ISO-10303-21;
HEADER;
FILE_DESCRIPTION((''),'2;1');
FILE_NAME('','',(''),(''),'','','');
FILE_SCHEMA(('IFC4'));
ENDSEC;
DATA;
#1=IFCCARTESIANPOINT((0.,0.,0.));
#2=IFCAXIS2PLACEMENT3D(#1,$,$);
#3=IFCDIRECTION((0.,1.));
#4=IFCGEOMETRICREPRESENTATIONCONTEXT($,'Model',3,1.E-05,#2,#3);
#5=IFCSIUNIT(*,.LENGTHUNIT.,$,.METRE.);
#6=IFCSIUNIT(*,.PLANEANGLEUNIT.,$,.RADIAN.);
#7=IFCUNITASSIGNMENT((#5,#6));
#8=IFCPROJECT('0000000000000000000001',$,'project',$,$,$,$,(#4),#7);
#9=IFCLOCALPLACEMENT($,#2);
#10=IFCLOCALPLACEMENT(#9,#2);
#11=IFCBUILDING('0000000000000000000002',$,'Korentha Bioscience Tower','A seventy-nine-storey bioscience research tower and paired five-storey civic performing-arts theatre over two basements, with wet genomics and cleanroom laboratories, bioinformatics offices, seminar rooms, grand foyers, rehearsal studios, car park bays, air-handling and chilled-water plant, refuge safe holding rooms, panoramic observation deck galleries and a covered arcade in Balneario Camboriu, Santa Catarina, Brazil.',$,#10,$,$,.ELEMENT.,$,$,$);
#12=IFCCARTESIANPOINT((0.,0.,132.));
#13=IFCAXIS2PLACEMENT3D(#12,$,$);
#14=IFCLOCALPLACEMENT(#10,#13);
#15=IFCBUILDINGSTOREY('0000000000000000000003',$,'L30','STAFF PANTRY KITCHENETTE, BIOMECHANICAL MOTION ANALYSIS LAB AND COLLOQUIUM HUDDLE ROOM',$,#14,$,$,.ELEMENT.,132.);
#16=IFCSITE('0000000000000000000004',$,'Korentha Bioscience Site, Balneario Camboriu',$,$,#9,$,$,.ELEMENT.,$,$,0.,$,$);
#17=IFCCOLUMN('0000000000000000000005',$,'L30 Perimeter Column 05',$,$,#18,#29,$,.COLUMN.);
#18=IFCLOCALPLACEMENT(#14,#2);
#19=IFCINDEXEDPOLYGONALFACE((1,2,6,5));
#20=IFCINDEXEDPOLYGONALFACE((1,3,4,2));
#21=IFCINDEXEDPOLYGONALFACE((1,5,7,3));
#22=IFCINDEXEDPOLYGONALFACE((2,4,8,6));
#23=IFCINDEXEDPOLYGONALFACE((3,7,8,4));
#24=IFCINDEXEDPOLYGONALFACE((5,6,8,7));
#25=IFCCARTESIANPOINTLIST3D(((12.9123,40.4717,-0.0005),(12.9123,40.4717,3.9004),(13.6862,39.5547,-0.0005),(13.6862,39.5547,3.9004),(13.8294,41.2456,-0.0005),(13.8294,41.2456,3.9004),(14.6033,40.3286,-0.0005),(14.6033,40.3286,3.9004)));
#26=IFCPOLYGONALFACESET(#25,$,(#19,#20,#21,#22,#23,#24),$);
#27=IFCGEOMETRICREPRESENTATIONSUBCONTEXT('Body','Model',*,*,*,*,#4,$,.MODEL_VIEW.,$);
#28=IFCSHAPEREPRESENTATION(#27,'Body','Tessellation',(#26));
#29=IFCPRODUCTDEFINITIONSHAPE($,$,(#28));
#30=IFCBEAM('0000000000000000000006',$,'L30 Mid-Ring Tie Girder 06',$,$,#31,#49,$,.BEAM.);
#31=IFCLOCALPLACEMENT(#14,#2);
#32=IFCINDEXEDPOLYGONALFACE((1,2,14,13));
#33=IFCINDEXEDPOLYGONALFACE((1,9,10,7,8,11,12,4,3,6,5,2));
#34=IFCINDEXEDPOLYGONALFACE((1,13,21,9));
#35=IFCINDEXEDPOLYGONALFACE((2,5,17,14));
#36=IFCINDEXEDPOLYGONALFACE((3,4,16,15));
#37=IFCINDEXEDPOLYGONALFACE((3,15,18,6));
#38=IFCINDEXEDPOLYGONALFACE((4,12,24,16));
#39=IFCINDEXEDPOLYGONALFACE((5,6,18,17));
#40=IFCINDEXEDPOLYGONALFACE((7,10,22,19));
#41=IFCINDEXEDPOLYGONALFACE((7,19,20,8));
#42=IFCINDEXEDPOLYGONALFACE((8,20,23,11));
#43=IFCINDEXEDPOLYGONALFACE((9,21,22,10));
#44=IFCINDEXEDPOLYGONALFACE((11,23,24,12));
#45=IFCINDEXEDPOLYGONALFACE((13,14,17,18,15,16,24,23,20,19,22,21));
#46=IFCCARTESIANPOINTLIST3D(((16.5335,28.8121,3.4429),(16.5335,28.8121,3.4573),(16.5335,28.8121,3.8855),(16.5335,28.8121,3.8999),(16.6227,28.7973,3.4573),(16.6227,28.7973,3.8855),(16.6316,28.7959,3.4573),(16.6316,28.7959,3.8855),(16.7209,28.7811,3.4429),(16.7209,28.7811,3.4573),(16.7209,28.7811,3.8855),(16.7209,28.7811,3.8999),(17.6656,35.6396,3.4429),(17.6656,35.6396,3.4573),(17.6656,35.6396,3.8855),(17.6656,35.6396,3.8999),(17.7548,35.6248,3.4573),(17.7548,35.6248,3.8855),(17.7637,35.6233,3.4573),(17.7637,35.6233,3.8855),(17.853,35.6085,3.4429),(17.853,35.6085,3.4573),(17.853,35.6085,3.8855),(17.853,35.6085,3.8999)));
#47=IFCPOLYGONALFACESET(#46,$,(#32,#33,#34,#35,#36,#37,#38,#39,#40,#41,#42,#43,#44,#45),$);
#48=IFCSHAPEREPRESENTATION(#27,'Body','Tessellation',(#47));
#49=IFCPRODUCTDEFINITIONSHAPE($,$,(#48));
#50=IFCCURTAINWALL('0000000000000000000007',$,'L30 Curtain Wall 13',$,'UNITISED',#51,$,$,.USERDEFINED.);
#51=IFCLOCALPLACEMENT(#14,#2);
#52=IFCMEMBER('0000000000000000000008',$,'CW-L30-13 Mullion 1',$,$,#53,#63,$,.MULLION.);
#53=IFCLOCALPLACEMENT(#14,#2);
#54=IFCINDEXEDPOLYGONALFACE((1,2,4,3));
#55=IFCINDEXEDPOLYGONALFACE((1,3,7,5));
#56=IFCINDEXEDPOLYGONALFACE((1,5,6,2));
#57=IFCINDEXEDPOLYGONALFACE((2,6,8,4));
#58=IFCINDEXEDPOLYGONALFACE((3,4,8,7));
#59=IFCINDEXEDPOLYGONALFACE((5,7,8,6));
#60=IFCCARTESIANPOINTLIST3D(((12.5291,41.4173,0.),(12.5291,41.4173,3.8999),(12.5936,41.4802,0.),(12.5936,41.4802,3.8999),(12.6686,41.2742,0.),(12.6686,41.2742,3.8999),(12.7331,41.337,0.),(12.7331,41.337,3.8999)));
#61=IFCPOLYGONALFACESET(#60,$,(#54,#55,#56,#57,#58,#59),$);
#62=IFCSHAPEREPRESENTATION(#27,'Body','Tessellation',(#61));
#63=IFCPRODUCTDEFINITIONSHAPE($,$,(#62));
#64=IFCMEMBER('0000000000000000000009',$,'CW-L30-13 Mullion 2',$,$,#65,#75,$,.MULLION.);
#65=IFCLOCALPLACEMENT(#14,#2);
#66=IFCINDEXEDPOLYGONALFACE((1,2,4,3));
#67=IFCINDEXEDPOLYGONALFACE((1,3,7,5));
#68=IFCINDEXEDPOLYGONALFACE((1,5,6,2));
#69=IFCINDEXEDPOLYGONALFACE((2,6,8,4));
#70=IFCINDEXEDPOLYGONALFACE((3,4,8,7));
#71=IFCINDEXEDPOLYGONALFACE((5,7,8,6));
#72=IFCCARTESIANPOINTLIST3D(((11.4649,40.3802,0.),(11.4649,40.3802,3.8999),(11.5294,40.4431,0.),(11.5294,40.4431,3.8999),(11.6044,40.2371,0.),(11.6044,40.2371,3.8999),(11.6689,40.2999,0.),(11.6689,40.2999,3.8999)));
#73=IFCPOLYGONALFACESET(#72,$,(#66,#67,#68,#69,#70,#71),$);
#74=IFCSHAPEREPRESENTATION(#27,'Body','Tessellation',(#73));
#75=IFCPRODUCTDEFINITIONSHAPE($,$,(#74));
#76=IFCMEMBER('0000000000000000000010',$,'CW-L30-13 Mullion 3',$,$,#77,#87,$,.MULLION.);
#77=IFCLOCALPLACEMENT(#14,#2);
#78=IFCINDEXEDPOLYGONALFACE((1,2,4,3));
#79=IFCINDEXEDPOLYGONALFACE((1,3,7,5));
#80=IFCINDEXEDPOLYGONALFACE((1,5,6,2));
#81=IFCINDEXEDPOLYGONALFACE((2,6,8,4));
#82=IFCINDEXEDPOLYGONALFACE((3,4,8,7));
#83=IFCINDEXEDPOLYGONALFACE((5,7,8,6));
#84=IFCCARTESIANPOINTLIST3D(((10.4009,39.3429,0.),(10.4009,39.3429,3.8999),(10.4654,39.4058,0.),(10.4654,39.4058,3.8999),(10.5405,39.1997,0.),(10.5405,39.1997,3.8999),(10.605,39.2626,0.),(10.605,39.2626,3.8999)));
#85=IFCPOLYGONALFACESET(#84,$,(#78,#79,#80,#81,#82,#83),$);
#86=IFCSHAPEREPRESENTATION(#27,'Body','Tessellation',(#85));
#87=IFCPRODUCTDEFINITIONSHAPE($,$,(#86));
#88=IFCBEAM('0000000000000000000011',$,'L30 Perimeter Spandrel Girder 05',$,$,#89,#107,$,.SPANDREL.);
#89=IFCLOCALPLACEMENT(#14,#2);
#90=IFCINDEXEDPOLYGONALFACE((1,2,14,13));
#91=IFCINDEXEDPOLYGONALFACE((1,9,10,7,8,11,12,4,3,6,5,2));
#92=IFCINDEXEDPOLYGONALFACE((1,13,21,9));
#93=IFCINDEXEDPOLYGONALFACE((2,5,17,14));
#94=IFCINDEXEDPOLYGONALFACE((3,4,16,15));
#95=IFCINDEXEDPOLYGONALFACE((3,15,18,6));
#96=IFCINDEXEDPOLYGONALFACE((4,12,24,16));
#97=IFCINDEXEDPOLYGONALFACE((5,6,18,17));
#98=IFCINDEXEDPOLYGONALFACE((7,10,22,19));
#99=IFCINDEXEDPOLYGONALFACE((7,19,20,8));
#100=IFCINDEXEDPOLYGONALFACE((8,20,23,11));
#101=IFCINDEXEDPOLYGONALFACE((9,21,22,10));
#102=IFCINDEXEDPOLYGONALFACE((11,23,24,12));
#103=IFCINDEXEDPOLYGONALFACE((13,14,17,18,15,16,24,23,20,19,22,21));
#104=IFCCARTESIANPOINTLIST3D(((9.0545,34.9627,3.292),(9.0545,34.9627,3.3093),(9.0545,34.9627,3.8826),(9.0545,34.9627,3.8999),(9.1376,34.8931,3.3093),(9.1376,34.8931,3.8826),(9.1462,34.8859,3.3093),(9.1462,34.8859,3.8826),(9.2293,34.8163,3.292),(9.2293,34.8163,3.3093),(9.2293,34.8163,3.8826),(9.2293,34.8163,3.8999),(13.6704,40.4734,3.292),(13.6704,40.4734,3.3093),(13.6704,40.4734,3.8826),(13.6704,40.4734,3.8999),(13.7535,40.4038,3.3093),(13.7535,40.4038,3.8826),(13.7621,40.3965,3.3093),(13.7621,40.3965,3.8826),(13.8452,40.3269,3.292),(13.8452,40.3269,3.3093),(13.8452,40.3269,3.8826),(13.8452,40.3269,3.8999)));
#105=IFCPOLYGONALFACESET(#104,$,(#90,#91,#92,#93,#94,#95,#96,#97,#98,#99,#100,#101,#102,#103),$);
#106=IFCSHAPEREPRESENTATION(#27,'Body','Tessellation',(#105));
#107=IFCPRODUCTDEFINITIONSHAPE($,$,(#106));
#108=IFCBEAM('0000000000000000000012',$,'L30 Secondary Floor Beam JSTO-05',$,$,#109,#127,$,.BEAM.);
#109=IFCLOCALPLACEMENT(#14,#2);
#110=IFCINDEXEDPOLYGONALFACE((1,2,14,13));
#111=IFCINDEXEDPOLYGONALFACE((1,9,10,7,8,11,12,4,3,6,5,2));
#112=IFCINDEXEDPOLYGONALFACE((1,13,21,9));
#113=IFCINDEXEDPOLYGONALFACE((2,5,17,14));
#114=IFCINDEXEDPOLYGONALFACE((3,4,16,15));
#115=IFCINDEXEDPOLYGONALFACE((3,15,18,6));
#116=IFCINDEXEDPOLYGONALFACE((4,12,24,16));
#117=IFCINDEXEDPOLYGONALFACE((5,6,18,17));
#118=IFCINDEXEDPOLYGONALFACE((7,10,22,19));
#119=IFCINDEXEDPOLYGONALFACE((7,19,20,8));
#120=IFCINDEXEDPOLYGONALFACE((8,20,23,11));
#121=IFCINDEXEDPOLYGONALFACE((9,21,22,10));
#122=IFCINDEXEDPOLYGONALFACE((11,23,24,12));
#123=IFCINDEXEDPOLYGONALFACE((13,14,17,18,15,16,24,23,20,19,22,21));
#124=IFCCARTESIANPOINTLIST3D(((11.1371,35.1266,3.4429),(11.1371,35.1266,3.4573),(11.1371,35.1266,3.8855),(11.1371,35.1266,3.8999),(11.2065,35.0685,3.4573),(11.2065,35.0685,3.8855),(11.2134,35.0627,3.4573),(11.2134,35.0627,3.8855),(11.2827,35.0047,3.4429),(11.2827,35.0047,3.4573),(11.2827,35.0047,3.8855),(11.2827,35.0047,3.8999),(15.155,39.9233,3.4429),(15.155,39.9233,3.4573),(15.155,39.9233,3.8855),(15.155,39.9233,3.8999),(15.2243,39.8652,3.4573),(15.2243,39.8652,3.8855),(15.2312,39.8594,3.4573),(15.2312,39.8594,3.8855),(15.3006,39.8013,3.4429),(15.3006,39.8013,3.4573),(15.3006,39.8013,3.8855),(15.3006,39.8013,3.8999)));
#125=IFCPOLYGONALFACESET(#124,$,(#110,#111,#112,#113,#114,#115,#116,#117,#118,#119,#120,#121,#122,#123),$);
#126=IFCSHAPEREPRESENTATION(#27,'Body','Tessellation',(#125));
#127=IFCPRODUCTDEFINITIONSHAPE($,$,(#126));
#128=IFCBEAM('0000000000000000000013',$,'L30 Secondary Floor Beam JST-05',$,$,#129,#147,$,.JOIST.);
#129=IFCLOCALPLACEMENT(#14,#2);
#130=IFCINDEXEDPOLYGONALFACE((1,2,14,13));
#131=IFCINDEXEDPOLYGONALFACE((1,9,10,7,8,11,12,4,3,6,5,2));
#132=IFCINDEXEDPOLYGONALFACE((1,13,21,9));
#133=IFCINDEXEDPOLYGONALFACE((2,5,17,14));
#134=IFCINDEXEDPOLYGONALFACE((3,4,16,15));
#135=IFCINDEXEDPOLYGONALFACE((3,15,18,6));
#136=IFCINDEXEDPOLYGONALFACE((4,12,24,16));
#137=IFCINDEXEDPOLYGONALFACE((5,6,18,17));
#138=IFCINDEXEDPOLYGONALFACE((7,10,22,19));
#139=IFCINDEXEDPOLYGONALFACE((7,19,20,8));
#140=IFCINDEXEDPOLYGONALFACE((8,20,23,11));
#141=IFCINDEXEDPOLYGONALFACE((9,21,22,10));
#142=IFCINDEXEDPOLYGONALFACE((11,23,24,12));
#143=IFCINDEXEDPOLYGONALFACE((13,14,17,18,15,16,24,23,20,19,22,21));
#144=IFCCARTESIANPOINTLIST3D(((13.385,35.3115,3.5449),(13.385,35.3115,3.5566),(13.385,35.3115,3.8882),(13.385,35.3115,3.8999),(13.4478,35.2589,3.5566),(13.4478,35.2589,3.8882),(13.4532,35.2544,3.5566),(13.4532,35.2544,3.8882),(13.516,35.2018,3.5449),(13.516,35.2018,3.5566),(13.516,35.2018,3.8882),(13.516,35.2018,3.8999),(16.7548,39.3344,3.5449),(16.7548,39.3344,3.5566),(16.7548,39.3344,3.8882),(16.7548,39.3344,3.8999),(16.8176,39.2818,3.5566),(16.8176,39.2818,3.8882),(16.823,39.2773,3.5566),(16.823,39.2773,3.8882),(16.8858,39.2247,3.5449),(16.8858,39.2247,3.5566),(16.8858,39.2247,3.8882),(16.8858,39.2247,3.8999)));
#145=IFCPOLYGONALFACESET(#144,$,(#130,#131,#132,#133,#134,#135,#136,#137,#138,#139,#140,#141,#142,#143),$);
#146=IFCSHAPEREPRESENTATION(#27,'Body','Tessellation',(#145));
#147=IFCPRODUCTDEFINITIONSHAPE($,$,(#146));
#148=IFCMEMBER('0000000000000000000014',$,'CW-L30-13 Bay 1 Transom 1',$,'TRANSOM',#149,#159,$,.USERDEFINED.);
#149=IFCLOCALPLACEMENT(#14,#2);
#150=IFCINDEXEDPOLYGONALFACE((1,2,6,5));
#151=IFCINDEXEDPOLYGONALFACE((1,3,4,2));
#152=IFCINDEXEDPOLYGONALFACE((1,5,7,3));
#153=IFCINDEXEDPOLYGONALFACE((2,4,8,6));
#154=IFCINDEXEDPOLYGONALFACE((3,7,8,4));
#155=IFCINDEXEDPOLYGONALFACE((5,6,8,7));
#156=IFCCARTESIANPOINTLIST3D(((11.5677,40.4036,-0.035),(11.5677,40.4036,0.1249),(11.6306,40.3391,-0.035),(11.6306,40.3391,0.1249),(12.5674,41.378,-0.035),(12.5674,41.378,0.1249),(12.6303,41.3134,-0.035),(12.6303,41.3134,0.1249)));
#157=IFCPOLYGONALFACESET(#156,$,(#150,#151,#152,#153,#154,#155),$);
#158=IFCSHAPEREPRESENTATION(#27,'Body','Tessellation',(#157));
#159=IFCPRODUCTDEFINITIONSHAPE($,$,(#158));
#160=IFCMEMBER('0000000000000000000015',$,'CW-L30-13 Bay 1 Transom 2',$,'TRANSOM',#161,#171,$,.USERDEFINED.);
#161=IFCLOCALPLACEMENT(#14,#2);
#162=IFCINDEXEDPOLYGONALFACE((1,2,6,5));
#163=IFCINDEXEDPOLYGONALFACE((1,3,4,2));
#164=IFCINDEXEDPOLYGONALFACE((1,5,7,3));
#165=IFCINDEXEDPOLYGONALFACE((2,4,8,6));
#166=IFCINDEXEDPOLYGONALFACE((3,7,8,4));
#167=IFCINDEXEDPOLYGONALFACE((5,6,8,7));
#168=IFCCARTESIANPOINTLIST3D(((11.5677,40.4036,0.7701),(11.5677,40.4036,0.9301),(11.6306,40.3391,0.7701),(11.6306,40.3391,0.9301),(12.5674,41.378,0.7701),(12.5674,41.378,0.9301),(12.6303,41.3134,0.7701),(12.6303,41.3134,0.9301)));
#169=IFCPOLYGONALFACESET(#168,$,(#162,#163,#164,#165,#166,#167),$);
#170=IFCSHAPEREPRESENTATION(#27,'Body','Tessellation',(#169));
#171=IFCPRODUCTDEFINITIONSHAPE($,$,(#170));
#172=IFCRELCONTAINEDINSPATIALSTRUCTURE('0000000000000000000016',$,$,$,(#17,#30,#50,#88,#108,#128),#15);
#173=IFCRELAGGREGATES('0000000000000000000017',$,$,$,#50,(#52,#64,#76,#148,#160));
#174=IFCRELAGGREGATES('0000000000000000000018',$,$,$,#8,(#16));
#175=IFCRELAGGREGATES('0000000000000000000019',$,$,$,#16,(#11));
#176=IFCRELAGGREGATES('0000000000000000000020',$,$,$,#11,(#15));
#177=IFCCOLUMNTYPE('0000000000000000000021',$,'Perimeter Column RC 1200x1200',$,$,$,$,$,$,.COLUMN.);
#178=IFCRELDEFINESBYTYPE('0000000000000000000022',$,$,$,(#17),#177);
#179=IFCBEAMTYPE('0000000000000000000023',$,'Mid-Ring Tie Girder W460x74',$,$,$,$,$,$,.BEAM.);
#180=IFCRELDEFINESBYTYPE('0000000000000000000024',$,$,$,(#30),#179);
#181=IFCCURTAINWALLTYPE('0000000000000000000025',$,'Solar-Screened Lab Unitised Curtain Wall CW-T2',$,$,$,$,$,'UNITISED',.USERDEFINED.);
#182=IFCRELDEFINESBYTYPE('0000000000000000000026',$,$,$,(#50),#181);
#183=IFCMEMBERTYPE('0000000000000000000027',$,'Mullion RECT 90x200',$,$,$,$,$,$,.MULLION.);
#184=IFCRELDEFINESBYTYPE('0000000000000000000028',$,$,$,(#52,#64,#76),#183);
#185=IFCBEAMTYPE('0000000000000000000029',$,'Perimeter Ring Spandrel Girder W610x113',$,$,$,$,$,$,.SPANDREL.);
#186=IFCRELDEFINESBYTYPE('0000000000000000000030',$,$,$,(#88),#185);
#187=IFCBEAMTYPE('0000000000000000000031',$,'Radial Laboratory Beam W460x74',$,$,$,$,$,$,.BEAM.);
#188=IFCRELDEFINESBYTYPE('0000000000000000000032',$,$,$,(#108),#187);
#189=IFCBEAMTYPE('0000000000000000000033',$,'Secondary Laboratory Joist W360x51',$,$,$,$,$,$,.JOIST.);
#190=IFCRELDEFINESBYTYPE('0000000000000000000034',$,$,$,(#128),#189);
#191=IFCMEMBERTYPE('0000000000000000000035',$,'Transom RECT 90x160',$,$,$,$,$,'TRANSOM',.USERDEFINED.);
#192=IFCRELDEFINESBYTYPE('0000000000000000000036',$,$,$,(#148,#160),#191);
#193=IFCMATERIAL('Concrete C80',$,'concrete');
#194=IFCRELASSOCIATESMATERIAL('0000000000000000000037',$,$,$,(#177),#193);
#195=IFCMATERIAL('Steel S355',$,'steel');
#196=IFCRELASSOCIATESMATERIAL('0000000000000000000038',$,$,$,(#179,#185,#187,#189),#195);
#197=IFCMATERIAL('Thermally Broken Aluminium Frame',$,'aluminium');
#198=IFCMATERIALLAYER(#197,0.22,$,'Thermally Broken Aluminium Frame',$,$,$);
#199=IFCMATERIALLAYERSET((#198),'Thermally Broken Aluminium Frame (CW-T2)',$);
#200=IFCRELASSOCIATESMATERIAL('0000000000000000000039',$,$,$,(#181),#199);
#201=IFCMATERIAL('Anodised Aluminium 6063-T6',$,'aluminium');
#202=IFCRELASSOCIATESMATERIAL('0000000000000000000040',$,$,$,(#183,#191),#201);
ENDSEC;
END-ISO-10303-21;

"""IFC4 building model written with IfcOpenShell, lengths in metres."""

from ifc_helpers import new_model, si_unit, direction, frame, origin, origin_2d, place, context, subcontext, project, spatial, rectangle, i_section, extrude, material, layer, layer_set, material_profile, profile_set, type_object, element, aggregate, save


model = new_model("IFC4")

# Units and contexts
model_context = context("Model", 3, precision=1e-05, world=origin(), true_north=direction((0.0, 1.0)))
body_context = subcontext(model_context, "Body", "Model", "MODEL_VIEW")
ifc_project = project(units=[si_unit("LENGTHUNIT", "METRE"), si_unit("PLANEANGLEUNIT", "RADIAN")], contexts=[model_context])

# Site, building, storey
site_placement = place(None, origin())
site = spatial("IfcSite", under=ifc_project, at=site_placement, Name="Korentha Bioscience Site, Balneario Camboriu", CompositionType="ELEMENT", RefElevation=0.0)
building_placement = place(site_placement, origin())
building = spatial("IfcBuilding", under=site, at=building_placement, Name="Korentha Bioscience Tower", Description="A seventy-nine-storey bioscience research tower and paired five-storey civic performing-arts theatre over two basements, with wet genomics and cleanroom laboratories, bioinformatics offices, seminar rooms, grand foyers, rehearsal studios, car park bays, air-handling and chilled-water plant, refuge safe holding rooms, panoramic observation deck galleries and a covered arcade in Balneario Camboriu, Santa Catarina, Brazil.", CompositionType="ELEMENT")
storey_placement = place(building_placement, frame((0.0, 0.0, 132.0)))
storey = spatial("IfcBuildingStorey", under=building, at=storey_placement, Name="L30", Description="STAFF PANTRY KITCHENETTE, BIOMECHANICAL MOTION ANALYSIS LAB AND COLLOQUIUM HUDDLE ROOM", CompositionType="ELEMENT", Elevation=132.0)

# Column
ifc_material_1 = material(Name="Concrete C80", Category="concrete")
ifc_material_profile_1 = material_profile(ifc_material_1, rectangle(XDim=1.2, YDim=1.2, at=origin_2d()), Name="Concrete C80")
ifc_profile_set_1 = profile_set([ifc_material_profile_1], Name="Concrete C80 (COL-P12)")
column_type = type_object("IfcColumnType", Name="Perimeter Column RC 1200x1200", PredefinedType="COLUMN", material=ifc_profile_set_1)
column_placement = place(storey_placement, frame((13.7578, 40.4001, -0.0005), z_axis=(0.0, 0.0, 1.0), x_axis=(0.764246, 0.644924, 0.0)))
element("IfcColumn", 1, at=column_placement, inside=storey, type_object=column_type, Name="L30 Perimeter Column 05", PredefinedType="COLUMN", context=body_context, shape_type="SweptSolid", body=[
    extrude(rectangle(XDim=1.2, YDim=1.2, at=origin_2d()), origin(), (0.0, 0.0, 1.0), 3.9009),
])

# Beam
ifc_material_2 = material(Name="Steel S355", Category="steel")
ifc_material_profile_2 = material_profile(ifc_material_2, i_section(OverallWidth=0.1899, OverallDepth=0.457, WebThickness=0.009, FlangeThickness=0.0144, at=origin_2d()), Name="Steel S355")
ifc_profile_set_2 = profile_set([ifc_material_profile_2], Name="Steel S355 (MB-460)")
beam_type_1 = type_object("IfcBeamType", Name="Mid-Ring Tie Girder W460x74", PredefinedType="BEAM", material=ifc_profile_set_2)
beam_1_placement = place(storey_placement, frame((17.7593, 35.624, 3.6714), z_axis=(-0.163581, -0.98653, 0.0), x_axis=(0.98653, -0.163581, 0.0)))
element("IfcBeam", 2, at=beam_1_placement, inside=storey, type_object=beam_type_1, Name="L30 Mid-Ring Tie Girder 06", PredefinedType="BEAM", context=body_context, shape_type="SweptSolid", body=[
    extrude(i_section(OverallWidth=0.1899, OverallDepth=0.457, WebThickness=0.009, FlangeThickness=0.0144, at=origin_2d()), origin(), (0.0, 0.0, 1.0), 6.9207),
])

# Curtain wall, members
ifc_material_3 = material(Name="Thermally Broken Aluminium Frame", Category="aluminium")
ifc_layer_1 = layer(ifc_material_3, 0.22, Name="Thermally Broken Aluminium Frame")
ifc_layer_set_1 = layer_set([ifc_layer_1], Name="Thermally Broken Aluminium Frame (CW-T2)")
curtain_wall_type = type_object("IfcCurtainWallType", Name="Solar-Screened Lab Unitised Curtain Wall CW-T2", ElementType="UNITISED", PredefinedType="USERDEFINED", material=ifc_layer_set_1)
curtain_wall_placement = place(storey_placement, origin())
curtain_wall = element("IfcCurtainWall", 3, at=curtain_wall_placement, inside=storey, type_object=curtain_wall_type, Name="L30 Curtain Wall 13", ObjectType="UNITISED", PredefinedType="USERDEFINED")
ifc_material_4 = material(Name="Anodised Aluminium 6063-T6", Category="aluminium")
ifc_material_profile_3 = material_profile(ifc_material_4, rectangle(XDim=0.0901, YDim=0.2, at=origin_2d()), Name="Anodised Aluminium 6063-T6")
ifc_profile_set_3 = profile_set([ifc_material_profile_3], Name="Anodised Aluminium 6063-T6 (CW-MUL)")
member_type_1 = type_object("IfcMemberType", Name="Mullion RECT 90x200", PredefinedType="MULLION", material=ifc_profile_set_3)
member_1_placement = place(storey_placement, frame((12.6311, 41.3772, 0.0), z_axis=(0.0, 0.0, 1.0), x_axis=(-0.716096, -0.698002, 0.0)))
member_1 = element("IfcMember", 4, at=member_1_placement, type_object=member_type_1, Name="CW-L30-13 Mullion 1", PredefinedType="MULLION", context=body_context, shape_type="SweptSolid", body=[
    extrude(rectangle(XDim=0.0901, YDim=0.2, at=origin_2d()), origin(), (0.0, 0.0, 1.0), 3.8999),
])
member_2_placement = place(storey_placement, frame((11.5669, 40.3401, 0.0), z_axis=(0.0, 0.0, 1.0), x_axis=(-0.716096, -0.698002, 0.0)))
member_2 = element("IfcMember", 5, at=member_2_placement, type_object=member_type_1, Name="CW-L30-13 Mullion 2", PredefinedType="MULLION", context=body_context, shape_type="SweptSolid", body=[
    extrude(rectangle(XDim=0.0901, YDim=0.2, at=origin_2d()), origin(), (0.0, 0.0, 1.0), 3.8999),
])
member_3_placement = place(storey_placement, frame((10.5029, 39.3027, 0.0), z_axis=(0.0, 0.0, 1.0), x_axis=(-0.716096, -0.698002, 0.0)))
member_3 = element("IfcMember", 6, at=member_3_placement, type_object=member_type_1, Name="CW-L30-13 Mullion 3", PredefinedType="MULLION", context=body_context, shape_type="SweptSolid", body=[
    extrude(rectangle(XDim=0.0901, YDim=0.2, at=origin_2d()), origin(), (0.0, 0.0, 1.0), 3.8999),
])

# Beams
ifc_material_profile_4 = material_profile(ifc_material_2, i_section(OverallWidth=0.228, OverallDepth=0.6079, WebThickness=0.0112, FlangeThickness=0.0173, at=origin_2d()), Name="Steel S355")
ifc_profile_set_4 = profile_set([ifc_material_profile_4], Name="Steel S355 (SB-610)")
beam_type_2 = type_object("IfcBeamType", Name="Perimeter Ring Spandrel Girder W610x113", PredefinedType="SPANDREL", material=ifc_profile_set_4)
beam_2_placement = place(storey_placement, frame((13.7578, 40.4001, 3.5959), z_axis=(-0.642127, -0.766599, 0.0), x_axis=(0.766599, -0.642127, 0.0)))
element("IfcBeam", 7, at=beam_2_placement, inside=storey, type_object=beam_type_2, Name="L30 Perimeter Spandrel Girder 05", PredefinedType="SPANDREL", context=body_context, shape_type="SweptSolid", body=[
    extrude(i_section(OverallWidth=0.228, OverallDepth=0.6079, WebThickness=0.0112, FlangeThickness=0.0173, at=origin_2d()), origin(), (0.0, 0.0, 1.0), 7.1885),
])
ifc_material_profile_5 = material_profile(ifc_material_2, i_section(OverallWidth=0.1899, OverallDepth=0.457, WebThickness=0.009, FlangeThickness=0.0144, at=origin_2d()), Name="Steel S355")
ifc_profile_set_5 = profile_set([ifc_material_profile_5], Name="Steel S355 (RB-460)")
beam_type_3 = type_object("IfcBeamType", Name="Radial Laboratory Beam W460x74", PredefinedType="BEAM", material=ifc_profile_set_5)
beam_3_placement = place(storey_placement, frame((15.2278, 39.8623, 3.6714), z_axis=(-0.642128, -0.766597, 0.0), x_axis=(0.766597, -0.642128, 0.0)))
element("IfcBeam", 8, at=beam_3_placement, inside=storey, type_object=beam_type_3, Name="L30 Secondary Floor Beam JSTO-05", PredefinedType="BEAM", context=body_context, shape_type="SweptSolid", body=[
    extrude(i_section(OverallWidth=0.1899, OverallDepth=0.457, WebThickness=0.009, FlangeThickness=0.0144, at=origin_2d()), origin(), (0.0, 0.0, 1.0), 6.2571),
])
ifc_material_profile_6 = material_profile(ifc_material_2, i_section(OverallWidth=0.1709, OverallDepth=0.355, WebThickness=0.0071, FlangeThickness=0.0117, at=origin_2d()), Name="Steel S355")
ifc_profile_set_6 = profile_set([ifc_material_profile_6], Name="Steel S355 (JB-360)")
beam_type_4 = type_object("IfcBeamType", Name="Secondary Laboratory Joist W360x51", PredefinedType="JOIST", material=ifc_profile_set_6)
beam_4_placement = place(storey_placement, frame((16.8203, 39.2795, 3.7224), z_axis=(-0.642141, -0.766587, 0.0), x_axis=(0.766587, -0.642141, 0.0)))
element("IfcBeam", 9, at=beam_4_placement, inside=storey, type_object=beam_type_4, Name="L30 Secondary Floor Beam JST-05", PredefinedType="JOIST", context=body_context, shape_type="SweptSolid", body=[
    extrude(i_section(OverallWidth=0.1709, OverallDepth=0.355, WebThickness=0.0071, FlangeThickness=0.0117, at=origin_2d()), origin(), (0.0, 0.0, 1.0), 5.2478),
])

# Members
ifc_material_profile_7 = material_profile(ifc_material_4, rectangle(XDim=0.0901, YDim=0.1599, at=origin_2d()), Name="Anodised Aluminium 6063-T6")
ifc_profile_set_7 = profile_set([ifc_material_profile_7], Name="Anodised Aluminium 6063-T6 (CW-TRN)")
member_type_2 = type_object("IfcMemberType", Name="Transom RECT 90x160", ElementType="TRANSOM", PredefinedType="USERDEFINED", material=ifc_profile_set_7)
member_4_placement = place(storey_placement, frame((12.5989, 41.3457, 0.0449), z_axis=(-0.716142, -0.697954, 0.0), x_axis=(0.697954, -0.716142, 0.0)))
member_4 = element("IfcMember", 10, at=member_4_placement, type_object=member_type_2, Name="CW-L30-13 Bay 1 Transom 1", ObjectType="TRANSOM", PredefinedType="USERDEFINED", context=body_context, shape_type="SweptSolid", body=[
    extrude(rectangle(XDim=0.0901, YDim=0.1599, at=origin_2d()), origin(), (0.0, 0.0, 1.0), 1.396),
])
member_5_placement = place(storey_placement, frame((12.5989, 41.3457, 0.8501), z_axis=(-0.716142, -0.697954, 0.0), x_axis=(0.697954, -0.716142, 0.0)))
member_5 = element("IfcMember", 11, at=member_5_placement, type_object=member_type_2, Name="CW-L30-13 Bay 1 Transom 2", ObjectType="TRANSOM", PredefinedType="USERDEFINED", context=body_context, shape_type="SweptSolid", body=[
    extrude(rectangle(XDim=0.0901, YDim=0.1599, at=origin_2d()), origin(), (0.0, 0.0, 1.0), 1.396),
])

aggregate(curtain_wall, [member_1, member_2, member_3, member_4, member_5])

save(model, "model.ifc")
